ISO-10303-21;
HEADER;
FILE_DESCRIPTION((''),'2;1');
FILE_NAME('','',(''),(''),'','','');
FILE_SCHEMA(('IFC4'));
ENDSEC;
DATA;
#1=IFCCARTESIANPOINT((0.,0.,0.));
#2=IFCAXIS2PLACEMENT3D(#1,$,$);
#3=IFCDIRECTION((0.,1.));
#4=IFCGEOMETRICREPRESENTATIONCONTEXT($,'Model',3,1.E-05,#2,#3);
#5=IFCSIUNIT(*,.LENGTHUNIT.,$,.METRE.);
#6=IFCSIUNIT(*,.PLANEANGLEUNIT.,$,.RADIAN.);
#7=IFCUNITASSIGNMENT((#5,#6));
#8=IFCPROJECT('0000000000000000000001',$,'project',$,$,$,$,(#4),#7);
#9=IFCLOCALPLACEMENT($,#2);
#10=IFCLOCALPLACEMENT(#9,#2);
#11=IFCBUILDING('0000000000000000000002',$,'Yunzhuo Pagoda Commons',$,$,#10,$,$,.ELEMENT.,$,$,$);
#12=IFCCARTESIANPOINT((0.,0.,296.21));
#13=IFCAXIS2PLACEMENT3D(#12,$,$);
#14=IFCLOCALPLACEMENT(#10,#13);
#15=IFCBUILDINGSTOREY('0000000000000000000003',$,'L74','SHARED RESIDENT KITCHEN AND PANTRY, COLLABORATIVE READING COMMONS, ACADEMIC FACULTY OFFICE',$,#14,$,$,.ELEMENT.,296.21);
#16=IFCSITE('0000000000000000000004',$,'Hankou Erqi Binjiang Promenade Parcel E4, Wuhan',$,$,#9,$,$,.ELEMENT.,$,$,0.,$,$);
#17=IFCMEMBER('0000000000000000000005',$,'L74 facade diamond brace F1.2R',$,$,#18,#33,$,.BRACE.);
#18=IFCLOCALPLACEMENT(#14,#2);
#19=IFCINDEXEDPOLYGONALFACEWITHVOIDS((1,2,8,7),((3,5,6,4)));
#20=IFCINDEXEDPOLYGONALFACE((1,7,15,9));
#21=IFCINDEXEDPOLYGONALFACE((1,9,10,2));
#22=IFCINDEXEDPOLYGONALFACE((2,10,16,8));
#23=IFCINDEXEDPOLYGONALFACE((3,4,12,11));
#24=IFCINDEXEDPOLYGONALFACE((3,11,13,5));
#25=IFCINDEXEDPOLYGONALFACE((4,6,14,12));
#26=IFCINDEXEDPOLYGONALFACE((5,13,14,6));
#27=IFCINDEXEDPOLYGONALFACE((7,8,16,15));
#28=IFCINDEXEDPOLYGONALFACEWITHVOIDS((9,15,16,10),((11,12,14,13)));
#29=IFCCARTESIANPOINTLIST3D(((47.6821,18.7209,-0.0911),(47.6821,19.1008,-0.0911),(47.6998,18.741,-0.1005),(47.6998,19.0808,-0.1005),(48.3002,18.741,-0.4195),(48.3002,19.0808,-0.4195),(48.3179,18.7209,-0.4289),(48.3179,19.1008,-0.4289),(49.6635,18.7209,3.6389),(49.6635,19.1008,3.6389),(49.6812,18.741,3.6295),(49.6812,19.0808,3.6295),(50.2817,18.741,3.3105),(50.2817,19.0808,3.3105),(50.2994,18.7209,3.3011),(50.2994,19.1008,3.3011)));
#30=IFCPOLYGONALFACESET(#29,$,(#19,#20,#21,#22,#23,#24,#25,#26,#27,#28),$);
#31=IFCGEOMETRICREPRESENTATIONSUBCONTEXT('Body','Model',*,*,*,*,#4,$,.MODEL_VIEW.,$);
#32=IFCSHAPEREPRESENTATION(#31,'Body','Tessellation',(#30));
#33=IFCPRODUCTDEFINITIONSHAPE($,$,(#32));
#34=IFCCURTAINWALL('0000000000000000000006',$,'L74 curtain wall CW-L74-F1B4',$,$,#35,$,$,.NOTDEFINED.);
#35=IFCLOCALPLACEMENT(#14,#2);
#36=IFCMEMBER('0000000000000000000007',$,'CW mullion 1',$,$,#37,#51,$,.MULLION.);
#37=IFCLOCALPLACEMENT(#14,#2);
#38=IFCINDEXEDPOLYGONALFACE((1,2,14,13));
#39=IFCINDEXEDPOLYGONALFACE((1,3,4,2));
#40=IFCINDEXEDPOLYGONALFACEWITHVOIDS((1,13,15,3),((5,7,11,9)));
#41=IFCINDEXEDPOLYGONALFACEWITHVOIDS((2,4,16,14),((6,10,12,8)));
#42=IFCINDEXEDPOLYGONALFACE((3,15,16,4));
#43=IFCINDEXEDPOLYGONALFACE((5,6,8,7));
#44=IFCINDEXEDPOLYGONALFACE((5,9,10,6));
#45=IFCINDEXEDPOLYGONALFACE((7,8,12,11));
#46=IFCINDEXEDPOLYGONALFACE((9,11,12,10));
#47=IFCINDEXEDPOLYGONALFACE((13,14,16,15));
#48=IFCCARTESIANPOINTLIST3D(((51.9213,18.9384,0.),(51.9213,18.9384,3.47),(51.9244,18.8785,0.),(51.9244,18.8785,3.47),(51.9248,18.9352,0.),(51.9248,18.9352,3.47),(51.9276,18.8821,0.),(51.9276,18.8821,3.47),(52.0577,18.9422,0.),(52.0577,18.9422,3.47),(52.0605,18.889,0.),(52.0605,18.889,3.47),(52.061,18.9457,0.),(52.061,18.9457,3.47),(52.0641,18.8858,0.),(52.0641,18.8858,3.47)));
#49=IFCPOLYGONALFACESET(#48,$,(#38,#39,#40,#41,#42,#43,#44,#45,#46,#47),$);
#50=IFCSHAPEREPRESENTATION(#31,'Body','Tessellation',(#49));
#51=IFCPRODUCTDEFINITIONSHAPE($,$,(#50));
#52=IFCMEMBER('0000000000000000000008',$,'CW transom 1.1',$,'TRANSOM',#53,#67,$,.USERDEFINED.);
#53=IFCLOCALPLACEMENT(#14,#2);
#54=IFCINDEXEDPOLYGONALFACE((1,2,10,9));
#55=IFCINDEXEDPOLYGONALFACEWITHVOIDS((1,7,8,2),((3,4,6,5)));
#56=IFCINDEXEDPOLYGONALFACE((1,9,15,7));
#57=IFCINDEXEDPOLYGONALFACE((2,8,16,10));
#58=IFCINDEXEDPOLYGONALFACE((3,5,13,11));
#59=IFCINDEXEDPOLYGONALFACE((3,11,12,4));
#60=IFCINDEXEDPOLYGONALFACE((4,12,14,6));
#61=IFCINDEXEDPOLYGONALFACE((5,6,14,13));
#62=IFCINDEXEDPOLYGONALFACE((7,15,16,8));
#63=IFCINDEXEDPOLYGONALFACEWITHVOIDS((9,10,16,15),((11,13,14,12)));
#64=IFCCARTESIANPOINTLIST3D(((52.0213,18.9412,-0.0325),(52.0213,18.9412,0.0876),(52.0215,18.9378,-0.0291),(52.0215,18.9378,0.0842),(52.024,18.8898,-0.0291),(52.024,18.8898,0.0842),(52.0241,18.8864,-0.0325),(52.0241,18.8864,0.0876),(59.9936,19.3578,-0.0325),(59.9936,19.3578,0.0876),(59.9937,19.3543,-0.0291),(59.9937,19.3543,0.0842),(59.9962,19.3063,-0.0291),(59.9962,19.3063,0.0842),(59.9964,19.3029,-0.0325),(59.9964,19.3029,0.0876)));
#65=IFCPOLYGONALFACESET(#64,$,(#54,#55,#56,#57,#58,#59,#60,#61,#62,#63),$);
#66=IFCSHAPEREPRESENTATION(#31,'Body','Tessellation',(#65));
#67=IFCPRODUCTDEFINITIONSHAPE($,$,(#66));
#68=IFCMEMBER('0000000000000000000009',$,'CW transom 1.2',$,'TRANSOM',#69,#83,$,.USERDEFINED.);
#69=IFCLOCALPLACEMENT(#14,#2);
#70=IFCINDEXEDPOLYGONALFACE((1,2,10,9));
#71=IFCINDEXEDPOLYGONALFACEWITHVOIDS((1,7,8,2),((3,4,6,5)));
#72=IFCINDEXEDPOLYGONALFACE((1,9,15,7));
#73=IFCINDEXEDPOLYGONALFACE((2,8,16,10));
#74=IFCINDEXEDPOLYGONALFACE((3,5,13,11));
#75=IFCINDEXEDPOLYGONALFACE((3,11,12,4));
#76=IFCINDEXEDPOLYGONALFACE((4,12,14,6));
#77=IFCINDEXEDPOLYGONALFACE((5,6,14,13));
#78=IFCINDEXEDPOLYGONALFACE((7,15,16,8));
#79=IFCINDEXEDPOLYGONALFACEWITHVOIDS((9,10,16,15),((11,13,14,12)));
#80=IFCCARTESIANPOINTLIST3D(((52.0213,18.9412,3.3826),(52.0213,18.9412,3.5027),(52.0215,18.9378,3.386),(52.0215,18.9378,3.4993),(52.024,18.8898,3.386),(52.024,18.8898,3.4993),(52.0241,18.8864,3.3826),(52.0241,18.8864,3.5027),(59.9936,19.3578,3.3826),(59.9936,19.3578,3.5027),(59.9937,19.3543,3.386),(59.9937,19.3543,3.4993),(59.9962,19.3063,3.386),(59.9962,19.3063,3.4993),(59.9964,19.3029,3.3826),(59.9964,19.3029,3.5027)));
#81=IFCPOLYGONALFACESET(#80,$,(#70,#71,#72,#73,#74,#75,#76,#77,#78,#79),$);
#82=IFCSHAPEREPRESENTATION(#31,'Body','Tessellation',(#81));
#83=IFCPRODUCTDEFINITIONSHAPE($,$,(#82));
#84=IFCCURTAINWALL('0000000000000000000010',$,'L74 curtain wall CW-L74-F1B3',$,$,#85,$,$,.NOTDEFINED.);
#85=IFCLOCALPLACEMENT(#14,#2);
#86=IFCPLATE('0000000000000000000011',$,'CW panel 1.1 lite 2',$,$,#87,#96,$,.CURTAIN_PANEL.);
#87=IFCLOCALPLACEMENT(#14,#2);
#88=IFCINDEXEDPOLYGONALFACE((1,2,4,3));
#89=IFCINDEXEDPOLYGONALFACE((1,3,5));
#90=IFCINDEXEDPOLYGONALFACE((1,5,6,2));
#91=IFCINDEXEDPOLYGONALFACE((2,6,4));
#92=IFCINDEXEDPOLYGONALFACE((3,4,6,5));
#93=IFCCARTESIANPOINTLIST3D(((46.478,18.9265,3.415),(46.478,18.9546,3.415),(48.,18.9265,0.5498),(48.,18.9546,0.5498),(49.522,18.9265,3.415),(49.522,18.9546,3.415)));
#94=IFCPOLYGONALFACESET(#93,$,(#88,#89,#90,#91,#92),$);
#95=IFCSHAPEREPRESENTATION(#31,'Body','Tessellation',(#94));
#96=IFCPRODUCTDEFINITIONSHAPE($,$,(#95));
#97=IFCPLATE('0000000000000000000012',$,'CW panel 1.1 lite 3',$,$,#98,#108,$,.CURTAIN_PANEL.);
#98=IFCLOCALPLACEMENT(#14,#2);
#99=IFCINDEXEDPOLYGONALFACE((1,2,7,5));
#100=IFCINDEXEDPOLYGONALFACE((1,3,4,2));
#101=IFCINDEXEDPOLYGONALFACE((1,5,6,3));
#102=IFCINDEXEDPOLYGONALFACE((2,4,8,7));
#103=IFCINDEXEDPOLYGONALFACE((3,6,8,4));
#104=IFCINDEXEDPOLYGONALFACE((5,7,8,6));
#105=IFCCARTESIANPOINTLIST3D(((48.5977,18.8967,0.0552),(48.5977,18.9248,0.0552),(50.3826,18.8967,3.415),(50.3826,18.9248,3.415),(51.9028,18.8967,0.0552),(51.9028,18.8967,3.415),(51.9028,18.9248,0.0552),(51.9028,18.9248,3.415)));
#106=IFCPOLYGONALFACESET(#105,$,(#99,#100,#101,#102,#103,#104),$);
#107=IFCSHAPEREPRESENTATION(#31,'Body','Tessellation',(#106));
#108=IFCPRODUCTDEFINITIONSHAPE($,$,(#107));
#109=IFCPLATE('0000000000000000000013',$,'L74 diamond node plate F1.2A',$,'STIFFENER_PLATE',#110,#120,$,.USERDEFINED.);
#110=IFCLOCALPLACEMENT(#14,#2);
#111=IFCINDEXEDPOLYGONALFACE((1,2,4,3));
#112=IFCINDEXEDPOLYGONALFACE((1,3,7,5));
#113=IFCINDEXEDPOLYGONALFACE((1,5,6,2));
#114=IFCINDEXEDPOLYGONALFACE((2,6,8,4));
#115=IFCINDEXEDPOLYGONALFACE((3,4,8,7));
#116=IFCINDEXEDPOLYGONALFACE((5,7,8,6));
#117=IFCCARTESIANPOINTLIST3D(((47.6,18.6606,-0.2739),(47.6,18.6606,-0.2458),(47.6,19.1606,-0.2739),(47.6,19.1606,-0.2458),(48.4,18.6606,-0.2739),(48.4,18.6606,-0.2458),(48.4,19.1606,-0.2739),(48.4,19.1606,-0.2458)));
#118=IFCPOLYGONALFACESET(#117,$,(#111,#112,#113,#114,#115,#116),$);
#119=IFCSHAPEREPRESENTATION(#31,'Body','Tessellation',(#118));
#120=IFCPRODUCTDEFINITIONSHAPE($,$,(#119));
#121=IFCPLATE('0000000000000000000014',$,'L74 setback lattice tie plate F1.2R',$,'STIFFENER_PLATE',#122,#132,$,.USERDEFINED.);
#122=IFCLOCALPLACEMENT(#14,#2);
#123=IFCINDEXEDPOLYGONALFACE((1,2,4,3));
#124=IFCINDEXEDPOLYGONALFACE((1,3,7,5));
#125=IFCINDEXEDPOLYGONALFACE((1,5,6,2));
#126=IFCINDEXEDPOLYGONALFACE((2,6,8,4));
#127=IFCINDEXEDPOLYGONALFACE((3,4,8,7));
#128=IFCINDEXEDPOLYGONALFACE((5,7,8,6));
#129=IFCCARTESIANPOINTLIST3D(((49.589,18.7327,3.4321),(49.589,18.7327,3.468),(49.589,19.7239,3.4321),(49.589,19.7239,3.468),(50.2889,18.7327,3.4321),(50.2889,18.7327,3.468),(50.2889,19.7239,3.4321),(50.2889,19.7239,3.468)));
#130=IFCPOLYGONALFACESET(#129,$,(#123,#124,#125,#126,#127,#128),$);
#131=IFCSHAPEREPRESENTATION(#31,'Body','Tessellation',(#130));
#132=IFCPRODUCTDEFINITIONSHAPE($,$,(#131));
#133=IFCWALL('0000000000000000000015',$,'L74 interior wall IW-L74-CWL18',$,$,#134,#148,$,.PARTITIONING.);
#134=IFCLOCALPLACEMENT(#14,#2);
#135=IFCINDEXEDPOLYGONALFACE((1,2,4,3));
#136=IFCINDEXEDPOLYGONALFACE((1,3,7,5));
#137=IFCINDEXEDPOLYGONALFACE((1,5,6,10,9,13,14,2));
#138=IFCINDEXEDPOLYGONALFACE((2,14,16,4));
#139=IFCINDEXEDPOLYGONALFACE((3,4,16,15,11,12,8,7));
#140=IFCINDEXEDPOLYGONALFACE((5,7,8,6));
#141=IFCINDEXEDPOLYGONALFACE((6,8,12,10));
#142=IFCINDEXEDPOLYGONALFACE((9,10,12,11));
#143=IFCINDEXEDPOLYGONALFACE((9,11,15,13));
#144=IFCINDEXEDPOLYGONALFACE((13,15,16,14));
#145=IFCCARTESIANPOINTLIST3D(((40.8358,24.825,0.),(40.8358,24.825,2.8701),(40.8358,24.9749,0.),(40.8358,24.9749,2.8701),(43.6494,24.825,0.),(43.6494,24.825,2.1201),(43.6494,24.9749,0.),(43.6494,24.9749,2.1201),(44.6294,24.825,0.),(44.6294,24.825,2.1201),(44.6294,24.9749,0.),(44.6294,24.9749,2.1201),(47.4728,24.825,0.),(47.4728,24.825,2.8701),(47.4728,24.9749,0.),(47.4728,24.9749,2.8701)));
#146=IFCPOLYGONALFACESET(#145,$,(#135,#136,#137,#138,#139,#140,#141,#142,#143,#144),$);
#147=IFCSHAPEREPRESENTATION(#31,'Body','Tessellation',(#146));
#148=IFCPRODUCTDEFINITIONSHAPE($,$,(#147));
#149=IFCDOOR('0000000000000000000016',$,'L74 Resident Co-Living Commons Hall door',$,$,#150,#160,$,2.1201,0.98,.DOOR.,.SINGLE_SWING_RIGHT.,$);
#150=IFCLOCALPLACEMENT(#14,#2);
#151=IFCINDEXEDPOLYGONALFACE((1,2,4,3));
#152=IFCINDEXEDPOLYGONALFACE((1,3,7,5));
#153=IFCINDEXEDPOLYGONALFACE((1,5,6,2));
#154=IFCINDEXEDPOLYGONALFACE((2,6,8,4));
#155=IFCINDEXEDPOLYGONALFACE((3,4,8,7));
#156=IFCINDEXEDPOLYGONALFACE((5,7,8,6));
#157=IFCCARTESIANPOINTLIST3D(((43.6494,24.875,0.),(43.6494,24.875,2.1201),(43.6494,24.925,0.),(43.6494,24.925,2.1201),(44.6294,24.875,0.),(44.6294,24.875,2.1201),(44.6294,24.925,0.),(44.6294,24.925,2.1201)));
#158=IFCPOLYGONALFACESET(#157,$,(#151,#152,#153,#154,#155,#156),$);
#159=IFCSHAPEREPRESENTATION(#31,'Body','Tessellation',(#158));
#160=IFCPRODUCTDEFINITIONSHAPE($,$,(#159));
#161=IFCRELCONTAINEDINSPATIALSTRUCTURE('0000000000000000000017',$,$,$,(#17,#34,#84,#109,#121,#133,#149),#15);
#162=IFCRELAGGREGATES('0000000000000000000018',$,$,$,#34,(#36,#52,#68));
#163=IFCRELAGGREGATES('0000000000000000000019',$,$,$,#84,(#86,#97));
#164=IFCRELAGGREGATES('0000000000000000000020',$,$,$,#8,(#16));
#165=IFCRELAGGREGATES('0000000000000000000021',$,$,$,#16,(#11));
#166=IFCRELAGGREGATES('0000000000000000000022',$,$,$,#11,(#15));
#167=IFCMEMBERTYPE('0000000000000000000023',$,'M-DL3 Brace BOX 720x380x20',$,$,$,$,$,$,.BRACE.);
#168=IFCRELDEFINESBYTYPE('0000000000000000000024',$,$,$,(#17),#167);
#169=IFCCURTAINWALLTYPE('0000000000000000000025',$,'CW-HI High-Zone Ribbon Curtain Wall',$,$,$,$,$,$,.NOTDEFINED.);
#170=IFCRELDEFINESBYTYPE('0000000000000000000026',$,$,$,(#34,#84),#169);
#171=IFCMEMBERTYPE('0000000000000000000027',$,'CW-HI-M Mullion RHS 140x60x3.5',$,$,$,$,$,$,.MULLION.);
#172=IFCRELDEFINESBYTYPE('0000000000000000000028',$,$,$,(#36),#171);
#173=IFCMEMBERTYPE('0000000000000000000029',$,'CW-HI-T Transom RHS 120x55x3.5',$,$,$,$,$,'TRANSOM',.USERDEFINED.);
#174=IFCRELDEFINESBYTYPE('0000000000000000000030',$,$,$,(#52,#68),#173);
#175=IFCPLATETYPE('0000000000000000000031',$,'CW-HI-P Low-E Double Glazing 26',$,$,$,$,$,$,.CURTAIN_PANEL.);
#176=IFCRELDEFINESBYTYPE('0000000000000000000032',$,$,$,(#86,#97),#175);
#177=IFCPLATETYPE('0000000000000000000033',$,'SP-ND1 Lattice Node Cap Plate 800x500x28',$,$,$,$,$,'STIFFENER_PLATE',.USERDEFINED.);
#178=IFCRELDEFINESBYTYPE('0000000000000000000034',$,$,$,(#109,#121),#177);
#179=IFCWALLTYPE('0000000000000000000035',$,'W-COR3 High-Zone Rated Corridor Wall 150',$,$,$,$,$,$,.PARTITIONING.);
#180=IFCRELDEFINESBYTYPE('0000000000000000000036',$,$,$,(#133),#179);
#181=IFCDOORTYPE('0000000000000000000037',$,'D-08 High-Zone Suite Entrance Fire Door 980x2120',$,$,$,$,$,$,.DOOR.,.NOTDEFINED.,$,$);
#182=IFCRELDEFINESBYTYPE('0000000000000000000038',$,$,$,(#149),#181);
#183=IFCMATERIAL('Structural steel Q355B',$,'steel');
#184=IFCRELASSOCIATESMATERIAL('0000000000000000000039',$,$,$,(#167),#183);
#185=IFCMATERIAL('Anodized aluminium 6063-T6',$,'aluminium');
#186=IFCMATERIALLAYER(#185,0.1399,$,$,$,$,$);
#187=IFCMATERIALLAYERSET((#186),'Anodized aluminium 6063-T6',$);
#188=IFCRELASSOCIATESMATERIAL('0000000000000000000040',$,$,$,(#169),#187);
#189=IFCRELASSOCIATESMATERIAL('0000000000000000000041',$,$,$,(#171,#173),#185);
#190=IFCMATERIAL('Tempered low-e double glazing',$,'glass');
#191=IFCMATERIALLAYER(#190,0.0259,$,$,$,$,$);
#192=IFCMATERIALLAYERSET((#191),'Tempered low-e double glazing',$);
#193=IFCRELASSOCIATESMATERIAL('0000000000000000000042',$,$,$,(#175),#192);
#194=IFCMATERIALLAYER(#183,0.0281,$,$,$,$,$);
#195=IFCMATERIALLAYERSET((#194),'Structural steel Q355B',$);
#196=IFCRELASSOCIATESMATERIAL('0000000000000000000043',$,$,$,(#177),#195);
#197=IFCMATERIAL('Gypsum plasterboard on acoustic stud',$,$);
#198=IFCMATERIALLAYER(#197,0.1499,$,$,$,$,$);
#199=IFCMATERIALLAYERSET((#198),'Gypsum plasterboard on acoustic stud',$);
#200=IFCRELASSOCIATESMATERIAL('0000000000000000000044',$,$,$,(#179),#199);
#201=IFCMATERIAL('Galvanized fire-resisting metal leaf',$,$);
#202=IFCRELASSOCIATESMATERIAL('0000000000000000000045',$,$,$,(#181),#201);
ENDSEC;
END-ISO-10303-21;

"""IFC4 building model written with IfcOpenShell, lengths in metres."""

from ifc_helpers import new_model, si_unit, direction, frame, frame_2d, origin, origin_with_axes, origin_2d, place, context, subcontext, project, spatial, polyline, rectangle, hollow_rectangle, outline, extrude, source, transform, mapped, material, layer, layer_set, material_profile, profile_set, type_object, element, fill, aggregate, save


model = new_model("IFC4")

# Units and contexts
model_context = context("Model", 3, precision=1e-05, world=origin(), true_north=direction((0.0, 1.0)))
body_context = subcontext(model_context, "Body", "Model", "MODEL_VIEW")
ifc_project = project(units=[si_unit("LENGTHUNIT", "METRE"), si_unit("PLANEANGLEUNIT", "RADIAN")], contexts=[model_context])

# Site, building, storey
site_placement = place(None, origin())
site = spatial("IfcSite", under=ifc_project, at=site_placement, Name="Hankou Erqi Binjiang Promenade Parcel E4, Wuhan", CompositionType="ELEMENT", RefElevation=0.0)
building_placement = place(site_placement, origin())
building = spatial("IfcBuilding", under=site, at=building_placement, Name="Yunzhuo Pagoda Commons", CompositionType="ELEMENT")
storey_placement = place(building_placement, frame((0.0, 0.0, 296.21)))
storey = spatial("IfcBuildingStorey", under=building, at=storey_placement, Name="L74", Description="SHARED RESIDENT KITCHEN AND PANTRY, COLLABORATIVE READING COMMONS, ACADEMIC FACULTY OFFICE", CompositionType="ELEMENT", Elevation=296.21)

# Shared definitions
ifc_material_1 = material(Name="Structural steel Q355B", Category="steel")

# Member
ifc_material_profile_1 = material_profile(ifc_material_1, hollow_rectangle(XDim=0.3799, YDim=0.72, WallThickness=0.02, at=origin_2d()), Name="Structural steel Q355B")
ifc_profile_set_1 = profile_set([ifc_material_profile_1], Name="Structural steel Q355B")
member_type_1 = type_object("IfcMemberType", Name="M-DL3 Brace BOX 720x380x20", PredefinedType="BRACE", material=ifc_profile_set_1)
shared_shape_1 = source(origin(), body_context, "Body", "SweptSolid", [
    extrude(hollow_rectangle(XDim=0.3799, YDim=0.72, WallThickness=0.02, at=origin_2d()), origin(), (0.0, 0.0, 1.0), 4.2236),
])
for number, where, z_axis, x_axis, name in (
    (1, (48.0, 18.9109, -0.26), (0.469136, 0.0, 0.883126), (0.0, 1.0, 0.0), "L74 facade diamond brace F1.2R"),
):
    element("IfcMember", number, at=place(storey_placement, frame(where, z_axis=z_axis, x_axis=x_axis)), inside=storey, type_object=member_type_1, Name=name, PredefinedType="BRACE", context=body_context, shape_type="MappedRepresentation", body=[
        mapped(shared_shape_1, transform((0.0, 0.0, 0.0), scale=1.0)),
    ])

# Curtain wall, members
ifc_material_2 = material(Name="Anodized aluminium 6063-T6", Category="aluminium")
ifc_layer_1 = layer(ifc_material_2, 0.1399)
ifc_layer_set_1 = layer_set([ifc_layer_1], Name="Anodized aluminium 6063-T6")
curtain_wall_type = type_object("IfcCurtainWallType", Name="CW-HI High-Zone Ribbon Curtain Wall", PredefinedType="NOTDEFINED", material=ifc_layer_set_1)
curtain_wall_1_placement = place(storey_placement, origin())
curtain_wall_1 = element("IfcCurtainWall", 2, at=curtain_wall_1_placement, inside=storey, type_object=curtain_wall_type, Name="L74 curtain wall CW-L74-F1B4", PredefinedType="NOTDEFINED")
ifc_material_profile_2 = material_profile(ifc_material_2, hollow_rectangle(XDim=0.0601, YDim=0.1399, WallThickness=0.0034, at=origin_2d()), Name="Anodized aluminium 6063-T6")
ifc_profile_set_2 = profile_set([ifc_material_profile_2], Name="Anodized aluminium 6063-T6")
member_type_2 = type_object("IfcMemberType", Name="CW-HI-M Mullion RHS 140x60x3.5", PredefinedType="MULLION", material=ifc_profile_set_2)
shared_shape_2 = source(origin(), body_context, "Body", "SweptSolid", [
    extrude(hollow_rectangle(XDim=0.0601, YDim=0.1399, WallThickness=0.0034, at=origin_2d()), origin(), (0.0, 0.0, 1.0), 3.47),
])
member_1_placement = place(storey_placement, frame((51.9927, 18.9121, 0.0), z_axis=(0.0, 0.0, 1.0), x_axis=(-0.05219, 0.998637, 0.0)))
member_1 = element("IfcMember", 3, at=member_1_placement, type_object=member_type_2, Name="CW mullion 1", PredefinedType="MULLION", context=body_context, shape_type="MappedRepresentation", body=[
    mapped(shared_shape_2, transform((0.0, 0.0, 0.0), scale=1.0)),
])
ifc_material_profile_3 = material_profile(ifc_material_2, hollow_rectangle(XDim=0.0549, YDim=0.1201, WallThickness=0.0034, at=origin_2d()), Name="Anodized aluminium 6063-T6")
ifc_profile_set_3 = profile_set([ifc_material_profile_3], Name="Anodized aluminium 6063-T6")
member_type_3 = type_object("IfcMemberType", Name="CW-HI-T Transom RHS 120x55x3.5", ElementType="TRANSOM", PredefinedType="USERDEFINED", material=ifc_profile_set_3)
shared_shape_3 = source(origin(), body_context, "Body", "SweptSolid", [
    extrude(hollow_rectangle(XDim=0.0549, YDim=0.1201, WallThickness=0.0034, at=origin_2d()), origin(), (0.0, 0.0, 1.0), 7.9832),
])
member_2_placement = place(storey_placement, frame((52.0227, 18.9138, 0.0276), z_axis=(0.998638, 0.052174, 0.0), x_axis=(-0.052174, 0.998638, 0.0)))
member_2 = element("IfcMember", 4, at=member_2_placement, type_object=member_type_3, Name="CW transom 1.1", ObjectType="TRANSOM", PredefinedType="USERDEFINED", context=body_context, shape_type="MappedRepresentation", body=[
    mapped(shared_shape_3, transform((0.0, 0.0, 0.0), scale=1.0)),
])
member_3_placement = place(storey_placement, frame((52.0227, 18.9138, 3.4426), z_axis=(0.998638, 0.052174, 0.0), x_axis=(-0.052174, 0.998638, 0.0)))
member_3 = element("IfcMember", 5, at=member_3_placement, type_object=member_type_3, Name="CW transom 1.2", ObjectType="TRANSOM", PredefinedType="USERDEFINED", context=body_context, shape_type="MappedRepresentation", body=[
    mapped(shared_shape_3, transform((0.0, 0.0, 0.0), scale=1.0)),
])
aggregate(curtain_wall_1, [member_1, member_2, member_3])

# Curtain wall, plates
curtain_wall_2_placement = place(storey_placement, origin())
curtain_wall_2 = element("IfcCurtainWall", 6, at=curtain_wall_2_placement, inside=storey, type_object=curtain_wall_type, Name="L74 curtain wall CW-L74-F1B3", PredefinedType="NOTDEFINED")
ifc_material_3 = material(Name="Tempered low-e double glazing", Category="glass")
ifc_layer_2 = layer(ifc_material_3, 0.0259)
ifc_layer_set_2 = layer_set([ifc_layer_2], Name="Tempered low-e double glazing")
plate_type_1 = type_object("IfcPlateType", Name="CW-HI-P Low-E Double Glazing 26", PredefinedType="CURTAIN_PANEL", material=ifc_layer_set_2)
plate_1_placement = place(storey_placement, frame((48.0, 18.9546, 1.9824), z_axis=(0.0, -1.0, 0.0), x_axis=(1.0, 0.0, 0.0)))
plate_1 = element("IfcPlate", 7, at=plate_1_placement, type_object=plate_type_1, Name="CW panel 1.1 lite 2", PredefinedType="CURTAIN_PANEL", context=body_context, shape_type="SweptSolid", body=[
    extrude(outline(polyline([(-1.522, 1.4326), (0.0, -1.4326), (1.522, 1.4326), (-1.522, 1.4326)])), origin(), (0.0, 0.0, 1.0), 0.0281),
])
plate_2_placement = place(storey_placement, frame((50.2502, 18.9248, 1.7351), z_axis=(0.0, -1.0, 0.0), x_axis=(1.0, 0.0, 0.0)))
plate_2 = element("IfcPlate", 8, at=plate_2_placement, type_object=plate_type_1, Name="CW panel 1.1 lite 3", PredefinedType="CURTAIN_PANEL", context=body_context, shape_type="SweptSolid", body=[
    extrude(outline(polyline([(-1.6526, -1.6799), (1.6526, -1.6799), (1.6526, 1.6799), (0.1323, 1.6799), (-1.6526, -1.6799)])), origin(), (0.0, 0.0, 1.0), 0.0281),
])
aggregate(curtain_wall_2, [plate_1, plate_2])

# Plates
ifc_layer_3 = layer(ifc_material_1, 0.0281)
ifc_layer_set_3 = layer_set([ifc_layer_3], Name="Structural steel Q355B")
plate_type_2 = type_object("IfcPlateType", Name="SP-ND1 Lattice Node Cap Plate 800x500x28", ElementType="STIFFENER_PLATE", PredefinedType="USERDEFINED", material=ifc_layer_set_3)
shared_shape_4 = source(origin(), body_context, "Body", "SweptSolid", [
    extrude(rectangle(XDim=0.8, YDim=0.5, at=origin_2d()), origin(), (0.0, 0.0, 1.0), 0.0281),
])
plate_3_placement = place(storey_placement, frame((48.0, 18.9106, -0.2739), z_axis=(0.0, 0.0, 1.0), x_axis=(1.0, 0.0, 0.0)))
element("IfcPlate", 9, at=plate_3_placement, inside=storey, type_object=plate_type_2, Name="L74 diamond node plate F1.2A", ObjectType="STIFFENER_PLATE", PredefinedType="USERDEFINED", context=body_context, shape_type="MappedRepresentation", body=[
    mapped(shared_shape_4, transform((0.0, 0.0, 0.0), scale=1.0)),
])
shared_shape_5 = source(origin(), body_context, "Body", "SweptSolid", [
    extrude(rectangle(XDim=0.7, YDim=0.9912, at=origin_2d()), origin(), (0.0, 0.0, 1.0), 0.0359),
])
plate_4_placement = place(storey_placement, frame((49.939, 19.2283, 3.4321), z_axis=(0.0, 0.0, 1.0), x_axis=(1.0, 0.0, 0.0)))
element("IfcPlate", 10, at=plate_4_placement, inside=storey, type_object=plate_type_2, Name="L74 setback lattice tie plate F1.2R", ObjectType="STIFFENER_PLATE", PredefinedType="USERDEFINED", context=body_context, shape_type="MappedRepresentation", body=[
    mapped(shared_shape_5, transform((0.0, 0.0, 0.0), scale=1.0)),
])

# Wall, opening, door
ifc_material_4 = material(Name="Gypsum plasterboard on acoustic stud")
ifc_layer_4 = layer(ifc_material_4, 0.1499)
ifc_layer_set_4 = layer_set([ifc_layer_4], Name="Gypsum plasterboard on acoustic stud")
wall_type_1 = type_object("IfcWallType", Name="W-COR3 High-Zone Rated Corridor Wall 150", PredefinedType="PARTITIONING", material=ifc_layer_set_4)
ifc_material_5 = material(Name="Galvanized fire-resisting metal leaf")
door_type_1 = type_object("IfcDoorType", Name="D-08 High-Zone Suite Entrance Fire Door 980x2120", OperationType="NOTDEFINED", PredefinedType="DOOR", material=ifc_material_5)
shared_shape_6 = source(origin(), body_context, "Body", "SweptSolid", [
    extrude(rectangle(XDim=0.98, YDim=2.1201, at=frame_2d((0.49, 1.0601))), frame((0.0, 0.0249, 0.0), z_axis=(0.0, -1.0, 0.0), x_axis=(1.0, 0.0, 0.0)), (0.0, 0.0, 1.0), 0.05),
])
wall_1_placement = place(storey_placement, frame((47.4727, 24.8999, 0.0), z_axis=(0.0, 0.0, 1.0), x_axis=(-1.0, 0.0, 0.0)))
wall_1 = element("IfcWall", 11, at=wall_1_placement, inside=storey, type_object=wall_type_1, Name="L74 interior wall IW-L74-CWL18", PredefinedType="PARTITIONING", context=body_context, shape_type="SweptSolid", body=[
    extrude(rectangle(XDim=6.637, YDim=0.1499, at=frame_2d((3.3184, 0.0))), origin(), (0.0, 0.0, 1.0), 2.8701),
])
opening_1_placement = place(wall_1_placement, frame((2.8433, 0.0, 0.0)))
opening_1 = element("IfcOpeningElement", 12, at=opening_1_placement, cuts=wall_1, PredefinedType="OPENING", context=body_context, shape_type="SweptSolid", body=[
    extrude(rectangle(XDim=0.98, YDim=2.1201, at=frame_2d((0.49, 1.0601))), frame((0.0, 0.085, 0.0), z_axis=(0.0, -1.0, 0.0), x_axis=(1.0, 0.0, 0.0)), (0.0, 0.0, 1.0), 0.1699),
])
door_1_placement = place(opening_1_placement, origin_with_axes())
door_1 = element("IfcDoor", 13, at=door_1_placement, inside=storey, type_object=door_type_1, Name="L74 Resident Co-Living Commons Hall door", OperationType="SINGLE_SWING_RIGHT", OverallHeight=2.1201, OverallWidth=0.98, PredefinedType="DOOR", context=body_context, shape_type="MappedRepresentation", body=[
    mapped(shared_shape_6, transform((0.0, 0.0, 0.0), scale=1.0)),
])
fill(opening_1, door_1)

save(model, "model.ifc")
